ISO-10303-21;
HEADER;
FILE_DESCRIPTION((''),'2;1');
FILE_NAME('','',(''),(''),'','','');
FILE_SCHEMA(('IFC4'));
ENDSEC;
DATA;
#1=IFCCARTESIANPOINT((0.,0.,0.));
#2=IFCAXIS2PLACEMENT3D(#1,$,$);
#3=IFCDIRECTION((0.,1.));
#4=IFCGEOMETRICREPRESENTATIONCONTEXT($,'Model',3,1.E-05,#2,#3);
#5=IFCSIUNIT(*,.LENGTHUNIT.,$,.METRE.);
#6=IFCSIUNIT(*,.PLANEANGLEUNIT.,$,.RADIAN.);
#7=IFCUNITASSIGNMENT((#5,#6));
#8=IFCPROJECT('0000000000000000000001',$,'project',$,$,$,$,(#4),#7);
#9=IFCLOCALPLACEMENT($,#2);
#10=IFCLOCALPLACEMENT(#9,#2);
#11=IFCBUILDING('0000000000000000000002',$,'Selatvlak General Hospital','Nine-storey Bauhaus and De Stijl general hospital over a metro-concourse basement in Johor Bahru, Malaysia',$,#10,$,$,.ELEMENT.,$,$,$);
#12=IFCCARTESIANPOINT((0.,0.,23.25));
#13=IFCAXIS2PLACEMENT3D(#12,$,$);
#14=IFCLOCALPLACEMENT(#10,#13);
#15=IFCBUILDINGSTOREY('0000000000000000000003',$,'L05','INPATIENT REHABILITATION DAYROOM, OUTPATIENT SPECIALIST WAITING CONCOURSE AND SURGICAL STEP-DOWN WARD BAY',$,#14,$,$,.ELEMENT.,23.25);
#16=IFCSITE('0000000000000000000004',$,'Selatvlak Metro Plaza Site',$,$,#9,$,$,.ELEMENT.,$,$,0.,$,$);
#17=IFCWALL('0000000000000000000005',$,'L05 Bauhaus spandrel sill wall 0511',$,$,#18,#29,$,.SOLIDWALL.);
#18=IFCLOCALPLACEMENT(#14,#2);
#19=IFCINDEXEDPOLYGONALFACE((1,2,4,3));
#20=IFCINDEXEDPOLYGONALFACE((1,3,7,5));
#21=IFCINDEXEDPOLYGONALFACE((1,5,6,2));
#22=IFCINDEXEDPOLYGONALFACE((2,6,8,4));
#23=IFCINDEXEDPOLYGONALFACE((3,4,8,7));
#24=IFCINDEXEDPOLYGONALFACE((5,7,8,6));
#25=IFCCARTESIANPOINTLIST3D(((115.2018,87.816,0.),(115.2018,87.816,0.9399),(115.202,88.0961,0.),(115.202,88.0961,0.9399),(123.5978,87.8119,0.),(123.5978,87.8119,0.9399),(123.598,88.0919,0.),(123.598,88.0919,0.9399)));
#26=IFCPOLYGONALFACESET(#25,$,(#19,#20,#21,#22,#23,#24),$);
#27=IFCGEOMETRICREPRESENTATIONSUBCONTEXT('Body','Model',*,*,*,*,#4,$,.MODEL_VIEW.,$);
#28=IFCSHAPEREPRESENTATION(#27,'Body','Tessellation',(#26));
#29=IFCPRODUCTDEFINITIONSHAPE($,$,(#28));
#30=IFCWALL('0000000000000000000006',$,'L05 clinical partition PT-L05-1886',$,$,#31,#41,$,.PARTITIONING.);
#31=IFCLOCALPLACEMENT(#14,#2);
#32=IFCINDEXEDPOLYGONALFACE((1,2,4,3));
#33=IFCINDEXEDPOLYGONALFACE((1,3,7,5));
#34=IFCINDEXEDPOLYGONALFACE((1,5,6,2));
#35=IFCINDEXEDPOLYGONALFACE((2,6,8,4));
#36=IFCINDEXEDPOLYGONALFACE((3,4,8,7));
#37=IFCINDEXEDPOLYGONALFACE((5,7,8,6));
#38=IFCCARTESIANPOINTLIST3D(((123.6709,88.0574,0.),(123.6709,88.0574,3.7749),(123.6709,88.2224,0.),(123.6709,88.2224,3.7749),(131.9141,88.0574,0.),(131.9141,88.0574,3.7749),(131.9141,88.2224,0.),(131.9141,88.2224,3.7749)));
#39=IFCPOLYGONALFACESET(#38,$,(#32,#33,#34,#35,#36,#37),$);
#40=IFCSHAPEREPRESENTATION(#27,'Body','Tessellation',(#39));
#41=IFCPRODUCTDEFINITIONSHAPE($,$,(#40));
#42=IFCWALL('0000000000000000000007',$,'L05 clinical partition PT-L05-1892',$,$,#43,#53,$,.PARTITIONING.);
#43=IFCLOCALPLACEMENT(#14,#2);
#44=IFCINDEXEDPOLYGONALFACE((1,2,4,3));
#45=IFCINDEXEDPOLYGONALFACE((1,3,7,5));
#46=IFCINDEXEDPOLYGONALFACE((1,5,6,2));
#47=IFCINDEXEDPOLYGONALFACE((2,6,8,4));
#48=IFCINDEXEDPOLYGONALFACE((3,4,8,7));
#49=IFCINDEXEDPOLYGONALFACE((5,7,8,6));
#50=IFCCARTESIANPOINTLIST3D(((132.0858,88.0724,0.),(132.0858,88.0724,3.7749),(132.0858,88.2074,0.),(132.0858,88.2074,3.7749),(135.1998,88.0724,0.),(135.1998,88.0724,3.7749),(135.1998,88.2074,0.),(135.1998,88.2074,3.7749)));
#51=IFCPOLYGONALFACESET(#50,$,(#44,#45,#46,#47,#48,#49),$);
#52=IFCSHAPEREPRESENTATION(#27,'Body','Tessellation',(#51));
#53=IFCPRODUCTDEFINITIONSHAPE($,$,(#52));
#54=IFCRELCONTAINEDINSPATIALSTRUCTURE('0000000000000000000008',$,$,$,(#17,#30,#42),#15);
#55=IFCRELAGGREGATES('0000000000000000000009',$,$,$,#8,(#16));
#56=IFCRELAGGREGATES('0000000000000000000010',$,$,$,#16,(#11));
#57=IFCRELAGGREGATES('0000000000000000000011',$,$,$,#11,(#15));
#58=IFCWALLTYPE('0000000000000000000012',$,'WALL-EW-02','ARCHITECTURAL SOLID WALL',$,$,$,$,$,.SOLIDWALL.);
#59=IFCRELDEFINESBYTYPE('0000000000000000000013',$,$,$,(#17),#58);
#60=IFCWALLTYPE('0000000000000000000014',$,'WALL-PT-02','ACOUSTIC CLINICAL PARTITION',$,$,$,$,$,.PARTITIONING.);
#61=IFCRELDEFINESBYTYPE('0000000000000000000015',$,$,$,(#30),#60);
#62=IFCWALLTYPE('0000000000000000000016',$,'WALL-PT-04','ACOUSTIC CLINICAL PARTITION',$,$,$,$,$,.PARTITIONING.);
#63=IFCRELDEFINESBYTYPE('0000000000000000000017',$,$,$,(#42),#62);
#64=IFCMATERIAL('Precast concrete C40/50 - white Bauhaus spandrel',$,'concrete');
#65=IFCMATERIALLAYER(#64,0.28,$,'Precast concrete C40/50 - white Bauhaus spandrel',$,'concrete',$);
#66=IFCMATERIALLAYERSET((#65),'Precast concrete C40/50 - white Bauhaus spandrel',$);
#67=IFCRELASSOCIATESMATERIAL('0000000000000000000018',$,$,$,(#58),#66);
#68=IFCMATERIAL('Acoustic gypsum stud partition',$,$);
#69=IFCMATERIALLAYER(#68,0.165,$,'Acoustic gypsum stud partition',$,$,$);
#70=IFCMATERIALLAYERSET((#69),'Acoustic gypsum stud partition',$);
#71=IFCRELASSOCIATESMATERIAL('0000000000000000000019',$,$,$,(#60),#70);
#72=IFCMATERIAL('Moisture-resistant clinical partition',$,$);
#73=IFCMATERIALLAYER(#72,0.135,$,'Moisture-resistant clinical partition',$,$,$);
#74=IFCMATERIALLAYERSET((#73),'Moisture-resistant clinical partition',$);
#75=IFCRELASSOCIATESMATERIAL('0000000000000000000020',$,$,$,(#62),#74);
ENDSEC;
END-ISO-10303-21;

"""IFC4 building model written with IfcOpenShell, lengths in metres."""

from ifc_helpers import new_model, si_unit, direction, frame, frame_2d, origin, place, context, subcontext, project, spatial, rectangle, extrude, material, layer, layer_set, type_object, element, save


model = new_model("IFC4")

# Units and contexts
model_context = context("Model", 3, precision=1e-05, world=origin(), true_north=direction((0.0, 1.0)))
body_context = subcontext(model_context, "Body", "Model", "MODEL_VIEW")
ifc_project = project(units=[si_unit("LENGTHUNIT", "METRE"), si_unit("PLANEANGLEUNIT", "RADIAN")], contexts=[model_context])

# Site, building, storey
site_placement = place(None, origin())
site = spatial("IfcSite", under=ifc_project, at=site_placement, Name="Selatvlak Metro Plaza Site", CompositionType="ELEMENT", RefElevation=0.0)
building_placement = place(site_placement, origin())
building = spatial("IfcBuilding", under=site, at=building_placement, Name="Selatvlak General Hospital", Description="Nine-storey Bauhaus and De Stijl general hospital over a metro-concourse basement in Johor Bahru, Malaysia", CompositionType="ELEMENT")
storey_placement = place(building_placement, frame((0.0, 0.0, 23.25)))
storey = spatial("IfcBuildingStorey", under=building, at=storey_placement, Name="L05", Description="INPATIENT REHABILITATION DAYROOM, OUTPATIENT SPECIALIST WAITING CONCOURSE AND SURGICAL STEP-DOWN WARD BAY", CompositionType="ELEMENT", Elevation=23.25)

# Walls
ifc_material_1 = material(Name="Precast concrete C40/50 - white Bauhaus spandrel", Category="concrete")
ifc_layer_1 = layer(ifc_material_1, 0.28, Name="Precast concrete C40/50 - white Bauhaus spandrel", Category="concrete")
ifc_layer_set_1 = layer_set([ifc_layer_1], Name="Precast concrete C40/50 - white Bauhaus spandrel")
wall_type_1 = type_object("IfcWallType", Name="WALL-EW-02", Description="ARCHITECTURAL SOLID WALL", PredefinedType="SOLIDWALL", material=ifc_layer_set_1)
for number, where, z_axis, x_axis, name in (
    (1, (123.5979, 87.9519, 0.0), (0.0, 0.0, 1.0), (-1.0, 0.000494, 0.0), "L05 Bauhaus spandrel sill wall 0511"),
):
    element("IfcWall", number, at=place(storey_placement, frame(where, z_axis=z_axis, x_axis=x_axis)), inside=storey, type_object=wall_type_1, Name=name, PredefinedType="SOLIDWALL", context=body_context, shape_type="SweptSolid", body=[
        extrude(rectangle(XDim=8.396, YDim=0.28, at=frame_2d((4.198, 0.0))), origin(), (0.0, 0.0, 1.0), 0.9399),
    ])
ifc_material_2 = material(Name="Acoustic gypsum stud partition")
ifc_layer_2 = layer(ifc_material_2, 0.165, Name="Acoustic gypsum stud partition")
ifc_layer_set_2 = layer_set([ifc_layer_2], Name="Acoustic gypsum stud partition")
wall_type_2 = type_object("IfcWallType", Name="WALL-PT-02", Description="ACOUSTIC CLINICAL PARTITION", PredefinedType="PARTITIONING", material=ifc_layer_set_2)
wall_1_placement = place(storey_placement, frame((131.9141, 88.1399, 0.0), z_axis=(0.0, 0.0, 1.0), x_axis=(-1.0, 0.0, 0.0)))
element("IfcWall", 2, at=wall_1_placement, inside=storey, type_object=wall_type_2, Name="L05 clinical partition PT-L05-1886", PredefinedType="PARTITIONING", context=body_context, shape_type="SweptSolid", body=[
    extrude(rectangle(XDim=8.2432, YDim=0.165, at=frame_2d((4.1216, 0.0))), origin(), (0.0, 0.0, 1.0), 3.7749),
])
ifc_material_3 = material(Name="Moisture-resistant clinical partition")
ifc_layer_3 = layer(ifc_material_3, 0.135, Name="Moisture-resistant clinical partition")
ifc_layer_set_3 = layer_set([ifc_layer_3], Name="Moisture-resistant clinical partition")
wall_type_3 = type_object("IfcWallType", Name="WALL-PT-04", Description="ACOUSTIC CLINICAL PARTITION", PredefinedType="PARTITIONING", material=ifc_layer_set_3)
wall_2_placement = place(storey_placement, frame((135.2, 88.1399, 0.0), z_axis=(0.0, 0.0, 1.0), x_axis=(-1.0, 0.0, 0.0)))
element("IfcWall", 3, at=wall_2_placement, inside=storey, type_object=wall_type_3, Name="L05 clinical partition PT-L05-1892", PredefinedType="PARTITIONING", context=body_context, shape_type="SweptSolid", body=[
    extrude(rectangle(XDim=3.114, YDim=0.135, at=frame_2d((1.5571, 0.0))), origin(), (0.0, 0.0, 1.0), 3.7749),
])

save(model, "model.ifc")
